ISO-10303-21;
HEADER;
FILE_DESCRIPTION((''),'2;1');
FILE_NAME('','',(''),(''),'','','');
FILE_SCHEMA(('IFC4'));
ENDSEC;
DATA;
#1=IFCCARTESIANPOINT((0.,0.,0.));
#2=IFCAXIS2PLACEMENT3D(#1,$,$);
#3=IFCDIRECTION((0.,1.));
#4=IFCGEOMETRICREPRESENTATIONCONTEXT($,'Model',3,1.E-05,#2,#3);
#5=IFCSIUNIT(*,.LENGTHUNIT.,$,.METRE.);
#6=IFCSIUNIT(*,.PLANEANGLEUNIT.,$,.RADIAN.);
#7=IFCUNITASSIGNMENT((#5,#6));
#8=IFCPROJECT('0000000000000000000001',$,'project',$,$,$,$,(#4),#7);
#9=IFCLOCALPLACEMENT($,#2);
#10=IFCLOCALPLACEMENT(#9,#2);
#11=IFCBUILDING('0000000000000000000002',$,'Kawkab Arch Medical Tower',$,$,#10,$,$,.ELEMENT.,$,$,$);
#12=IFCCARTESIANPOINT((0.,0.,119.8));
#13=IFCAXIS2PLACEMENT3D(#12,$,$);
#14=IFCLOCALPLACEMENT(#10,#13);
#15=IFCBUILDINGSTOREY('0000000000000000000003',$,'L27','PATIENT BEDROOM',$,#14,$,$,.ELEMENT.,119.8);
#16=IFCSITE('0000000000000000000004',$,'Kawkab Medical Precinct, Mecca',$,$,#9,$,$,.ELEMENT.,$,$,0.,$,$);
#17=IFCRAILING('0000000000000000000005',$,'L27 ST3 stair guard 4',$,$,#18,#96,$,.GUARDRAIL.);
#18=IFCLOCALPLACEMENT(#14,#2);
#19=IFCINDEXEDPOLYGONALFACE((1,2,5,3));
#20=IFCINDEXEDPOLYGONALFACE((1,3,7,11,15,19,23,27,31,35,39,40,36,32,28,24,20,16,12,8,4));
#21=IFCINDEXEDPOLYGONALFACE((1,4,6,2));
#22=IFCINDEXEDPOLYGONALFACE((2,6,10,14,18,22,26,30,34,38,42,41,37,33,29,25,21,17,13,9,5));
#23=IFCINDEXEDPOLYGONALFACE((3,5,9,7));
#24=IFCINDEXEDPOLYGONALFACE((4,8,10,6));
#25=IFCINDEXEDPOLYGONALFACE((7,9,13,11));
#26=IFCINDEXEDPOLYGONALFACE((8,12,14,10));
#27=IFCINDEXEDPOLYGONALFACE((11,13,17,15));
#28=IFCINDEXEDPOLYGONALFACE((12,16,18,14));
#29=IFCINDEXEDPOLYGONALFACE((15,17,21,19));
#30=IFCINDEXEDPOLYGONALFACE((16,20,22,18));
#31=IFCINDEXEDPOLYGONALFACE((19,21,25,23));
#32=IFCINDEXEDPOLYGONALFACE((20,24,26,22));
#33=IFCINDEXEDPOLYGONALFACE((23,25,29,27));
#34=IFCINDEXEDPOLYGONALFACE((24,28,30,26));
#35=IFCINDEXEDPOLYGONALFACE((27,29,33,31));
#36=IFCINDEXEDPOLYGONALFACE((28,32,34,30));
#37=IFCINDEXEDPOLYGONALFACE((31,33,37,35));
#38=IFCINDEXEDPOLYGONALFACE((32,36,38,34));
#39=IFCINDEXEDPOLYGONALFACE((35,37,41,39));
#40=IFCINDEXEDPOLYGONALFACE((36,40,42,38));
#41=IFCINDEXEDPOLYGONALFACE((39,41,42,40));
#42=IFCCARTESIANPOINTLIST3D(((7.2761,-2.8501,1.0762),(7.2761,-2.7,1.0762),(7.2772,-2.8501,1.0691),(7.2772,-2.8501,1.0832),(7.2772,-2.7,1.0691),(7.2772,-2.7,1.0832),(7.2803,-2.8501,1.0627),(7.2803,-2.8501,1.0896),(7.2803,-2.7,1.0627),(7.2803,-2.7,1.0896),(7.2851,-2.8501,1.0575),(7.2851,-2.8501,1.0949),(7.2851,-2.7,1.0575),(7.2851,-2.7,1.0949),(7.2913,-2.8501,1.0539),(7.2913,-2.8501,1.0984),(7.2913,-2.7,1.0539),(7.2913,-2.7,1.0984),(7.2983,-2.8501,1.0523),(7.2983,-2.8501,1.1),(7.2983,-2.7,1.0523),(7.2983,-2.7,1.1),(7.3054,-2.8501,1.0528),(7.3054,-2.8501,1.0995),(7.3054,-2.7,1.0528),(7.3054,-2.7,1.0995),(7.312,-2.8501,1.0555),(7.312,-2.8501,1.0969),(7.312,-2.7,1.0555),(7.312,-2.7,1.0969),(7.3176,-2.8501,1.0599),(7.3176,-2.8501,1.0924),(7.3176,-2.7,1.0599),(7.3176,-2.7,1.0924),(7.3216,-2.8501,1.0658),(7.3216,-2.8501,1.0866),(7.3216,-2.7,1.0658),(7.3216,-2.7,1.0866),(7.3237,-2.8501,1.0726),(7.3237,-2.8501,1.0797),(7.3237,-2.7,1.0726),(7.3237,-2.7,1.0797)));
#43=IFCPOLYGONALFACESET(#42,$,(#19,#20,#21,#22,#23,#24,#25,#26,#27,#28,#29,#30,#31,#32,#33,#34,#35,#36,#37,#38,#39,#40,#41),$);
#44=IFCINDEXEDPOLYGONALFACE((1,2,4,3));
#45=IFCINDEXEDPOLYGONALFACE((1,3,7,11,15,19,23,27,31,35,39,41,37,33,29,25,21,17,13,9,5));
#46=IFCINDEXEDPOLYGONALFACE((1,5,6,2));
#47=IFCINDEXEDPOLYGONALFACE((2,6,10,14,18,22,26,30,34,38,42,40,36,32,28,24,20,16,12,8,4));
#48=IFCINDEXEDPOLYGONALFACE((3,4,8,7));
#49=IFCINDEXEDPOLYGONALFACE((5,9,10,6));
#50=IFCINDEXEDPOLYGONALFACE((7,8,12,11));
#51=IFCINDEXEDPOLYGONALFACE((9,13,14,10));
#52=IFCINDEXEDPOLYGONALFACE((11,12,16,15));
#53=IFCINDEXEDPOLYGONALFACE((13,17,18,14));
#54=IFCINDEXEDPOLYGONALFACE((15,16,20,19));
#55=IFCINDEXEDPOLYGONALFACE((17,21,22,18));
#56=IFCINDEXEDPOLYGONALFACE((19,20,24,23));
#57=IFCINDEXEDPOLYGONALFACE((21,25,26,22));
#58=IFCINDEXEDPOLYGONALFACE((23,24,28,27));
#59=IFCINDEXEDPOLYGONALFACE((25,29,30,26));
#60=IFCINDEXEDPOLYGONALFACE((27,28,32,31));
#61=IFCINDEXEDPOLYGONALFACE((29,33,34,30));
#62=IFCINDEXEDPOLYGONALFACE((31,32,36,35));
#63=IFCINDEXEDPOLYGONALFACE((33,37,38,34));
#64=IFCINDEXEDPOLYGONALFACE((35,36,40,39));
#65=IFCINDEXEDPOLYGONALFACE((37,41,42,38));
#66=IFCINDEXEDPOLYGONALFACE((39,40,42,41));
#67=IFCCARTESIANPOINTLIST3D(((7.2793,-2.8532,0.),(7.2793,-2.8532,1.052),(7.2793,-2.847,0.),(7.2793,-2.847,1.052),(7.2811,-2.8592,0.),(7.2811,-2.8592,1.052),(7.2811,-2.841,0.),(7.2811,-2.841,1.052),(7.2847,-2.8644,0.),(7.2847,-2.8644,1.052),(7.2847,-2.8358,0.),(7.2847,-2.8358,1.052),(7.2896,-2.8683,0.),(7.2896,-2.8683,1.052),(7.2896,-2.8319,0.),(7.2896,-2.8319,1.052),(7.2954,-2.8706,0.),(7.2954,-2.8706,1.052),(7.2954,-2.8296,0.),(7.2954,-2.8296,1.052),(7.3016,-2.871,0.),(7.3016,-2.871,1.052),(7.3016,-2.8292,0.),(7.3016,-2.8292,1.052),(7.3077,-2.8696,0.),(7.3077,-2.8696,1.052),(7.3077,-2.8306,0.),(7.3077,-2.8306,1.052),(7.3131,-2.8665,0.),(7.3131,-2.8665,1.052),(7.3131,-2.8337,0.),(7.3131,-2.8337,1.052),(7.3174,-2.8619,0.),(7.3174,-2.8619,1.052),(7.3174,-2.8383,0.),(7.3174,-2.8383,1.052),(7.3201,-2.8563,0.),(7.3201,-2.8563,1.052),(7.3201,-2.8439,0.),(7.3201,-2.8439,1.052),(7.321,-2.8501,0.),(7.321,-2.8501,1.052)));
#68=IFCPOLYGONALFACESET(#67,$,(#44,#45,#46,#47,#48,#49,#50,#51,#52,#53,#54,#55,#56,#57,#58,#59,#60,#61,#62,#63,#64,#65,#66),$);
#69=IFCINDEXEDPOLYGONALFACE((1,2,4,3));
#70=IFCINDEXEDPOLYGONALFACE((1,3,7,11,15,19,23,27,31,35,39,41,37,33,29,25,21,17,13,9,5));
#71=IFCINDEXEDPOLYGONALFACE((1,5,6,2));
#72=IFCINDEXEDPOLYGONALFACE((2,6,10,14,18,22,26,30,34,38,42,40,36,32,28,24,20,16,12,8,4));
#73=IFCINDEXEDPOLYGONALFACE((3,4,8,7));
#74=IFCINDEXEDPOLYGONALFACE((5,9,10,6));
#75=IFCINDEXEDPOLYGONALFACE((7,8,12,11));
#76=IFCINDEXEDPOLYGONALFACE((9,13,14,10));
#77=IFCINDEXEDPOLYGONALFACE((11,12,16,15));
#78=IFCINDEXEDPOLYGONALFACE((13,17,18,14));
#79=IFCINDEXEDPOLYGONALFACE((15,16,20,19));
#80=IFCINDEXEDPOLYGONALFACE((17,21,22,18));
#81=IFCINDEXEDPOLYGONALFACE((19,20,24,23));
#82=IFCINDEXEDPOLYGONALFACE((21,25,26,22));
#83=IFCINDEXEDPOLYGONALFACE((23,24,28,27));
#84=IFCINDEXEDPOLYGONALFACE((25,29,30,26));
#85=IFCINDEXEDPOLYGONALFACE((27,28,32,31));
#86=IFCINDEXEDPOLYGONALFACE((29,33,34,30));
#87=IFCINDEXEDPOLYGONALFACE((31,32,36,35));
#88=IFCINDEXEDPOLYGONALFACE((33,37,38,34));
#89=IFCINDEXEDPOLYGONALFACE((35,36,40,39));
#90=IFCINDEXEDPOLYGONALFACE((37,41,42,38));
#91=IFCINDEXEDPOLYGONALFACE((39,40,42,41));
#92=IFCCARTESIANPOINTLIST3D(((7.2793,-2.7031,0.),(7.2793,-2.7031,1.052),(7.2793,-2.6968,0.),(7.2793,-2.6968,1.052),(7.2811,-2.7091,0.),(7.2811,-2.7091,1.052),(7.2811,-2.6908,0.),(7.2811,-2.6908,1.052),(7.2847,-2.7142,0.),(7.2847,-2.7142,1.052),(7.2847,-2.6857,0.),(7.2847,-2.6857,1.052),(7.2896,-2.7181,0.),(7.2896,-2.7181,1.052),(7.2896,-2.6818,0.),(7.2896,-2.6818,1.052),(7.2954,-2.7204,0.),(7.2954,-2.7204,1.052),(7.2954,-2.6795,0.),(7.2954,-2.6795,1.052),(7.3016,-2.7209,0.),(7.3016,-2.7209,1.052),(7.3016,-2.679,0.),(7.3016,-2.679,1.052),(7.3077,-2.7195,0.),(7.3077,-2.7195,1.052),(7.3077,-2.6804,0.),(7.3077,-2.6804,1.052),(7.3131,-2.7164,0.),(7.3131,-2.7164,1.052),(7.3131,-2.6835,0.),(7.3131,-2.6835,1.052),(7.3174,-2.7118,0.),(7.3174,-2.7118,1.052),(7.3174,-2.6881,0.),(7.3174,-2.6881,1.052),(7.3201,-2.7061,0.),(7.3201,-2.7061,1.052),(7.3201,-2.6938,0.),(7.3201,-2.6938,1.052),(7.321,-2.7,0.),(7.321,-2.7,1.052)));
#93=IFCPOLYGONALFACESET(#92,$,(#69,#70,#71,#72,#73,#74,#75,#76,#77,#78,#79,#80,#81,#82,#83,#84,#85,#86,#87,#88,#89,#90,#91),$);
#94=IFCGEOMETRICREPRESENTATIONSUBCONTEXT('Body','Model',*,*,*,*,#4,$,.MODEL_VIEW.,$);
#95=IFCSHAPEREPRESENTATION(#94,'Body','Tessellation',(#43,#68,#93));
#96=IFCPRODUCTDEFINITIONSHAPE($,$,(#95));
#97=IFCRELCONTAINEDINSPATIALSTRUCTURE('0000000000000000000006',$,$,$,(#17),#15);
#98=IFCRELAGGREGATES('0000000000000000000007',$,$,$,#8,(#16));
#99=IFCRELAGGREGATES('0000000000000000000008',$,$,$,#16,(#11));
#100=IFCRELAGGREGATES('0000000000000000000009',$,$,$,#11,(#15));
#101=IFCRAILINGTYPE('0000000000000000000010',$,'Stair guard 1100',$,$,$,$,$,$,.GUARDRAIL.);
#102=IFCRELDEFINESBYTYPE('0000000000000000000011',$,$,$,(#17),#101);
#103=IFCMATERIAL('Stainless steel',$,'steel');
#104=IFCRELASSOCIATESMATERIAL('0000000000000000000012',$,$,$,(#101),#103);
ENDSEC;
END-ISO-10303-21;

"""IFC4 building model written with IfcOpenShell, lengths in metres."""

from ifc_helpers import new_model, si_unit, direction, frame, origin, origin_2d, place, context, subcontext, project, spatial, circle, extrude, material, type_object, element, save


model = new_model("IFC4")

# Units and contexts
model_context = context("Model", 3, precision=1e-05, world=origin(), true_north=direction((0.0, 1.0)))
body_context = subcontext(model_context, "Body", "Model", "MODEL_VIEW")
ifc_project = project(units=[si_unit("LENGTHUNIT", "METRE"), si_unit("PLANEANGLEUNIT", "RADIAN")], contexts=[model_context])

# Site, building, storey
site_placement = place(None, origin())
site = spatial("IfcSite", under=ifc_project, at=site_placement, Name="Kawkab Medical Precinct, Mecca", CompositionType="ELEMENT", RefElevation=0.0)
building_placement = place(site_placement, origin())
building = spatial("IfcBuilding", under=site, at=building_placement, Name="Kawkab Arch Medical Tower", CompositionType="ELEMENT")
storey_placement = place(building_placement, frame((0.0, 0.0, 119.8)))
storey = spatial("IfcBuildingStorey", under=building, at=storey_placement, Name="L27", Description="PATIENT BEDROOM", CompositionType="ELEMENT", Elevation=119.8)

# Railing
ifc_material_1 = material(Name="Stainless steel", Category="steel")
railing_type_1 = type_object("IfcRailingType", Name="Stair guard 1100", PredefinedType="GUARDRAIL", material=ifc_material_1)
railing_1_placement = place(storey_placement, frame((7.3, -2.8501, 0.0)))
element("IfcRailing", 1, at=railing_1_placement, inside=storey, type_object=railing_type_1, Name="L27 ST3 stair guard 4", PredefinedType="GUARDRAIL", context=body_context, shape_type="SweptSolid", body=[
    extrude(circle(Radius=0.0239, at=origin_2d()), frame((0.0, 0.0, 1.0762), z_axis=(0.0, 1.0, 0.0), x_axis=(-1.0, 0.0, 0.0)), (0.0, 0.0, 1.0), 0.1501),
    extrude(circle(Radius=0.021, at=origin_2d()), origin(), (0.0, 0.0, 1.0), 1.052),
    extrude(circle(Radius=0.021, at=origin_2d()), frame((0.0, 0.1501, 0.0)), (0.0, 0.0, 1.0), 1.052),
])

save(model, "model.ifc")
